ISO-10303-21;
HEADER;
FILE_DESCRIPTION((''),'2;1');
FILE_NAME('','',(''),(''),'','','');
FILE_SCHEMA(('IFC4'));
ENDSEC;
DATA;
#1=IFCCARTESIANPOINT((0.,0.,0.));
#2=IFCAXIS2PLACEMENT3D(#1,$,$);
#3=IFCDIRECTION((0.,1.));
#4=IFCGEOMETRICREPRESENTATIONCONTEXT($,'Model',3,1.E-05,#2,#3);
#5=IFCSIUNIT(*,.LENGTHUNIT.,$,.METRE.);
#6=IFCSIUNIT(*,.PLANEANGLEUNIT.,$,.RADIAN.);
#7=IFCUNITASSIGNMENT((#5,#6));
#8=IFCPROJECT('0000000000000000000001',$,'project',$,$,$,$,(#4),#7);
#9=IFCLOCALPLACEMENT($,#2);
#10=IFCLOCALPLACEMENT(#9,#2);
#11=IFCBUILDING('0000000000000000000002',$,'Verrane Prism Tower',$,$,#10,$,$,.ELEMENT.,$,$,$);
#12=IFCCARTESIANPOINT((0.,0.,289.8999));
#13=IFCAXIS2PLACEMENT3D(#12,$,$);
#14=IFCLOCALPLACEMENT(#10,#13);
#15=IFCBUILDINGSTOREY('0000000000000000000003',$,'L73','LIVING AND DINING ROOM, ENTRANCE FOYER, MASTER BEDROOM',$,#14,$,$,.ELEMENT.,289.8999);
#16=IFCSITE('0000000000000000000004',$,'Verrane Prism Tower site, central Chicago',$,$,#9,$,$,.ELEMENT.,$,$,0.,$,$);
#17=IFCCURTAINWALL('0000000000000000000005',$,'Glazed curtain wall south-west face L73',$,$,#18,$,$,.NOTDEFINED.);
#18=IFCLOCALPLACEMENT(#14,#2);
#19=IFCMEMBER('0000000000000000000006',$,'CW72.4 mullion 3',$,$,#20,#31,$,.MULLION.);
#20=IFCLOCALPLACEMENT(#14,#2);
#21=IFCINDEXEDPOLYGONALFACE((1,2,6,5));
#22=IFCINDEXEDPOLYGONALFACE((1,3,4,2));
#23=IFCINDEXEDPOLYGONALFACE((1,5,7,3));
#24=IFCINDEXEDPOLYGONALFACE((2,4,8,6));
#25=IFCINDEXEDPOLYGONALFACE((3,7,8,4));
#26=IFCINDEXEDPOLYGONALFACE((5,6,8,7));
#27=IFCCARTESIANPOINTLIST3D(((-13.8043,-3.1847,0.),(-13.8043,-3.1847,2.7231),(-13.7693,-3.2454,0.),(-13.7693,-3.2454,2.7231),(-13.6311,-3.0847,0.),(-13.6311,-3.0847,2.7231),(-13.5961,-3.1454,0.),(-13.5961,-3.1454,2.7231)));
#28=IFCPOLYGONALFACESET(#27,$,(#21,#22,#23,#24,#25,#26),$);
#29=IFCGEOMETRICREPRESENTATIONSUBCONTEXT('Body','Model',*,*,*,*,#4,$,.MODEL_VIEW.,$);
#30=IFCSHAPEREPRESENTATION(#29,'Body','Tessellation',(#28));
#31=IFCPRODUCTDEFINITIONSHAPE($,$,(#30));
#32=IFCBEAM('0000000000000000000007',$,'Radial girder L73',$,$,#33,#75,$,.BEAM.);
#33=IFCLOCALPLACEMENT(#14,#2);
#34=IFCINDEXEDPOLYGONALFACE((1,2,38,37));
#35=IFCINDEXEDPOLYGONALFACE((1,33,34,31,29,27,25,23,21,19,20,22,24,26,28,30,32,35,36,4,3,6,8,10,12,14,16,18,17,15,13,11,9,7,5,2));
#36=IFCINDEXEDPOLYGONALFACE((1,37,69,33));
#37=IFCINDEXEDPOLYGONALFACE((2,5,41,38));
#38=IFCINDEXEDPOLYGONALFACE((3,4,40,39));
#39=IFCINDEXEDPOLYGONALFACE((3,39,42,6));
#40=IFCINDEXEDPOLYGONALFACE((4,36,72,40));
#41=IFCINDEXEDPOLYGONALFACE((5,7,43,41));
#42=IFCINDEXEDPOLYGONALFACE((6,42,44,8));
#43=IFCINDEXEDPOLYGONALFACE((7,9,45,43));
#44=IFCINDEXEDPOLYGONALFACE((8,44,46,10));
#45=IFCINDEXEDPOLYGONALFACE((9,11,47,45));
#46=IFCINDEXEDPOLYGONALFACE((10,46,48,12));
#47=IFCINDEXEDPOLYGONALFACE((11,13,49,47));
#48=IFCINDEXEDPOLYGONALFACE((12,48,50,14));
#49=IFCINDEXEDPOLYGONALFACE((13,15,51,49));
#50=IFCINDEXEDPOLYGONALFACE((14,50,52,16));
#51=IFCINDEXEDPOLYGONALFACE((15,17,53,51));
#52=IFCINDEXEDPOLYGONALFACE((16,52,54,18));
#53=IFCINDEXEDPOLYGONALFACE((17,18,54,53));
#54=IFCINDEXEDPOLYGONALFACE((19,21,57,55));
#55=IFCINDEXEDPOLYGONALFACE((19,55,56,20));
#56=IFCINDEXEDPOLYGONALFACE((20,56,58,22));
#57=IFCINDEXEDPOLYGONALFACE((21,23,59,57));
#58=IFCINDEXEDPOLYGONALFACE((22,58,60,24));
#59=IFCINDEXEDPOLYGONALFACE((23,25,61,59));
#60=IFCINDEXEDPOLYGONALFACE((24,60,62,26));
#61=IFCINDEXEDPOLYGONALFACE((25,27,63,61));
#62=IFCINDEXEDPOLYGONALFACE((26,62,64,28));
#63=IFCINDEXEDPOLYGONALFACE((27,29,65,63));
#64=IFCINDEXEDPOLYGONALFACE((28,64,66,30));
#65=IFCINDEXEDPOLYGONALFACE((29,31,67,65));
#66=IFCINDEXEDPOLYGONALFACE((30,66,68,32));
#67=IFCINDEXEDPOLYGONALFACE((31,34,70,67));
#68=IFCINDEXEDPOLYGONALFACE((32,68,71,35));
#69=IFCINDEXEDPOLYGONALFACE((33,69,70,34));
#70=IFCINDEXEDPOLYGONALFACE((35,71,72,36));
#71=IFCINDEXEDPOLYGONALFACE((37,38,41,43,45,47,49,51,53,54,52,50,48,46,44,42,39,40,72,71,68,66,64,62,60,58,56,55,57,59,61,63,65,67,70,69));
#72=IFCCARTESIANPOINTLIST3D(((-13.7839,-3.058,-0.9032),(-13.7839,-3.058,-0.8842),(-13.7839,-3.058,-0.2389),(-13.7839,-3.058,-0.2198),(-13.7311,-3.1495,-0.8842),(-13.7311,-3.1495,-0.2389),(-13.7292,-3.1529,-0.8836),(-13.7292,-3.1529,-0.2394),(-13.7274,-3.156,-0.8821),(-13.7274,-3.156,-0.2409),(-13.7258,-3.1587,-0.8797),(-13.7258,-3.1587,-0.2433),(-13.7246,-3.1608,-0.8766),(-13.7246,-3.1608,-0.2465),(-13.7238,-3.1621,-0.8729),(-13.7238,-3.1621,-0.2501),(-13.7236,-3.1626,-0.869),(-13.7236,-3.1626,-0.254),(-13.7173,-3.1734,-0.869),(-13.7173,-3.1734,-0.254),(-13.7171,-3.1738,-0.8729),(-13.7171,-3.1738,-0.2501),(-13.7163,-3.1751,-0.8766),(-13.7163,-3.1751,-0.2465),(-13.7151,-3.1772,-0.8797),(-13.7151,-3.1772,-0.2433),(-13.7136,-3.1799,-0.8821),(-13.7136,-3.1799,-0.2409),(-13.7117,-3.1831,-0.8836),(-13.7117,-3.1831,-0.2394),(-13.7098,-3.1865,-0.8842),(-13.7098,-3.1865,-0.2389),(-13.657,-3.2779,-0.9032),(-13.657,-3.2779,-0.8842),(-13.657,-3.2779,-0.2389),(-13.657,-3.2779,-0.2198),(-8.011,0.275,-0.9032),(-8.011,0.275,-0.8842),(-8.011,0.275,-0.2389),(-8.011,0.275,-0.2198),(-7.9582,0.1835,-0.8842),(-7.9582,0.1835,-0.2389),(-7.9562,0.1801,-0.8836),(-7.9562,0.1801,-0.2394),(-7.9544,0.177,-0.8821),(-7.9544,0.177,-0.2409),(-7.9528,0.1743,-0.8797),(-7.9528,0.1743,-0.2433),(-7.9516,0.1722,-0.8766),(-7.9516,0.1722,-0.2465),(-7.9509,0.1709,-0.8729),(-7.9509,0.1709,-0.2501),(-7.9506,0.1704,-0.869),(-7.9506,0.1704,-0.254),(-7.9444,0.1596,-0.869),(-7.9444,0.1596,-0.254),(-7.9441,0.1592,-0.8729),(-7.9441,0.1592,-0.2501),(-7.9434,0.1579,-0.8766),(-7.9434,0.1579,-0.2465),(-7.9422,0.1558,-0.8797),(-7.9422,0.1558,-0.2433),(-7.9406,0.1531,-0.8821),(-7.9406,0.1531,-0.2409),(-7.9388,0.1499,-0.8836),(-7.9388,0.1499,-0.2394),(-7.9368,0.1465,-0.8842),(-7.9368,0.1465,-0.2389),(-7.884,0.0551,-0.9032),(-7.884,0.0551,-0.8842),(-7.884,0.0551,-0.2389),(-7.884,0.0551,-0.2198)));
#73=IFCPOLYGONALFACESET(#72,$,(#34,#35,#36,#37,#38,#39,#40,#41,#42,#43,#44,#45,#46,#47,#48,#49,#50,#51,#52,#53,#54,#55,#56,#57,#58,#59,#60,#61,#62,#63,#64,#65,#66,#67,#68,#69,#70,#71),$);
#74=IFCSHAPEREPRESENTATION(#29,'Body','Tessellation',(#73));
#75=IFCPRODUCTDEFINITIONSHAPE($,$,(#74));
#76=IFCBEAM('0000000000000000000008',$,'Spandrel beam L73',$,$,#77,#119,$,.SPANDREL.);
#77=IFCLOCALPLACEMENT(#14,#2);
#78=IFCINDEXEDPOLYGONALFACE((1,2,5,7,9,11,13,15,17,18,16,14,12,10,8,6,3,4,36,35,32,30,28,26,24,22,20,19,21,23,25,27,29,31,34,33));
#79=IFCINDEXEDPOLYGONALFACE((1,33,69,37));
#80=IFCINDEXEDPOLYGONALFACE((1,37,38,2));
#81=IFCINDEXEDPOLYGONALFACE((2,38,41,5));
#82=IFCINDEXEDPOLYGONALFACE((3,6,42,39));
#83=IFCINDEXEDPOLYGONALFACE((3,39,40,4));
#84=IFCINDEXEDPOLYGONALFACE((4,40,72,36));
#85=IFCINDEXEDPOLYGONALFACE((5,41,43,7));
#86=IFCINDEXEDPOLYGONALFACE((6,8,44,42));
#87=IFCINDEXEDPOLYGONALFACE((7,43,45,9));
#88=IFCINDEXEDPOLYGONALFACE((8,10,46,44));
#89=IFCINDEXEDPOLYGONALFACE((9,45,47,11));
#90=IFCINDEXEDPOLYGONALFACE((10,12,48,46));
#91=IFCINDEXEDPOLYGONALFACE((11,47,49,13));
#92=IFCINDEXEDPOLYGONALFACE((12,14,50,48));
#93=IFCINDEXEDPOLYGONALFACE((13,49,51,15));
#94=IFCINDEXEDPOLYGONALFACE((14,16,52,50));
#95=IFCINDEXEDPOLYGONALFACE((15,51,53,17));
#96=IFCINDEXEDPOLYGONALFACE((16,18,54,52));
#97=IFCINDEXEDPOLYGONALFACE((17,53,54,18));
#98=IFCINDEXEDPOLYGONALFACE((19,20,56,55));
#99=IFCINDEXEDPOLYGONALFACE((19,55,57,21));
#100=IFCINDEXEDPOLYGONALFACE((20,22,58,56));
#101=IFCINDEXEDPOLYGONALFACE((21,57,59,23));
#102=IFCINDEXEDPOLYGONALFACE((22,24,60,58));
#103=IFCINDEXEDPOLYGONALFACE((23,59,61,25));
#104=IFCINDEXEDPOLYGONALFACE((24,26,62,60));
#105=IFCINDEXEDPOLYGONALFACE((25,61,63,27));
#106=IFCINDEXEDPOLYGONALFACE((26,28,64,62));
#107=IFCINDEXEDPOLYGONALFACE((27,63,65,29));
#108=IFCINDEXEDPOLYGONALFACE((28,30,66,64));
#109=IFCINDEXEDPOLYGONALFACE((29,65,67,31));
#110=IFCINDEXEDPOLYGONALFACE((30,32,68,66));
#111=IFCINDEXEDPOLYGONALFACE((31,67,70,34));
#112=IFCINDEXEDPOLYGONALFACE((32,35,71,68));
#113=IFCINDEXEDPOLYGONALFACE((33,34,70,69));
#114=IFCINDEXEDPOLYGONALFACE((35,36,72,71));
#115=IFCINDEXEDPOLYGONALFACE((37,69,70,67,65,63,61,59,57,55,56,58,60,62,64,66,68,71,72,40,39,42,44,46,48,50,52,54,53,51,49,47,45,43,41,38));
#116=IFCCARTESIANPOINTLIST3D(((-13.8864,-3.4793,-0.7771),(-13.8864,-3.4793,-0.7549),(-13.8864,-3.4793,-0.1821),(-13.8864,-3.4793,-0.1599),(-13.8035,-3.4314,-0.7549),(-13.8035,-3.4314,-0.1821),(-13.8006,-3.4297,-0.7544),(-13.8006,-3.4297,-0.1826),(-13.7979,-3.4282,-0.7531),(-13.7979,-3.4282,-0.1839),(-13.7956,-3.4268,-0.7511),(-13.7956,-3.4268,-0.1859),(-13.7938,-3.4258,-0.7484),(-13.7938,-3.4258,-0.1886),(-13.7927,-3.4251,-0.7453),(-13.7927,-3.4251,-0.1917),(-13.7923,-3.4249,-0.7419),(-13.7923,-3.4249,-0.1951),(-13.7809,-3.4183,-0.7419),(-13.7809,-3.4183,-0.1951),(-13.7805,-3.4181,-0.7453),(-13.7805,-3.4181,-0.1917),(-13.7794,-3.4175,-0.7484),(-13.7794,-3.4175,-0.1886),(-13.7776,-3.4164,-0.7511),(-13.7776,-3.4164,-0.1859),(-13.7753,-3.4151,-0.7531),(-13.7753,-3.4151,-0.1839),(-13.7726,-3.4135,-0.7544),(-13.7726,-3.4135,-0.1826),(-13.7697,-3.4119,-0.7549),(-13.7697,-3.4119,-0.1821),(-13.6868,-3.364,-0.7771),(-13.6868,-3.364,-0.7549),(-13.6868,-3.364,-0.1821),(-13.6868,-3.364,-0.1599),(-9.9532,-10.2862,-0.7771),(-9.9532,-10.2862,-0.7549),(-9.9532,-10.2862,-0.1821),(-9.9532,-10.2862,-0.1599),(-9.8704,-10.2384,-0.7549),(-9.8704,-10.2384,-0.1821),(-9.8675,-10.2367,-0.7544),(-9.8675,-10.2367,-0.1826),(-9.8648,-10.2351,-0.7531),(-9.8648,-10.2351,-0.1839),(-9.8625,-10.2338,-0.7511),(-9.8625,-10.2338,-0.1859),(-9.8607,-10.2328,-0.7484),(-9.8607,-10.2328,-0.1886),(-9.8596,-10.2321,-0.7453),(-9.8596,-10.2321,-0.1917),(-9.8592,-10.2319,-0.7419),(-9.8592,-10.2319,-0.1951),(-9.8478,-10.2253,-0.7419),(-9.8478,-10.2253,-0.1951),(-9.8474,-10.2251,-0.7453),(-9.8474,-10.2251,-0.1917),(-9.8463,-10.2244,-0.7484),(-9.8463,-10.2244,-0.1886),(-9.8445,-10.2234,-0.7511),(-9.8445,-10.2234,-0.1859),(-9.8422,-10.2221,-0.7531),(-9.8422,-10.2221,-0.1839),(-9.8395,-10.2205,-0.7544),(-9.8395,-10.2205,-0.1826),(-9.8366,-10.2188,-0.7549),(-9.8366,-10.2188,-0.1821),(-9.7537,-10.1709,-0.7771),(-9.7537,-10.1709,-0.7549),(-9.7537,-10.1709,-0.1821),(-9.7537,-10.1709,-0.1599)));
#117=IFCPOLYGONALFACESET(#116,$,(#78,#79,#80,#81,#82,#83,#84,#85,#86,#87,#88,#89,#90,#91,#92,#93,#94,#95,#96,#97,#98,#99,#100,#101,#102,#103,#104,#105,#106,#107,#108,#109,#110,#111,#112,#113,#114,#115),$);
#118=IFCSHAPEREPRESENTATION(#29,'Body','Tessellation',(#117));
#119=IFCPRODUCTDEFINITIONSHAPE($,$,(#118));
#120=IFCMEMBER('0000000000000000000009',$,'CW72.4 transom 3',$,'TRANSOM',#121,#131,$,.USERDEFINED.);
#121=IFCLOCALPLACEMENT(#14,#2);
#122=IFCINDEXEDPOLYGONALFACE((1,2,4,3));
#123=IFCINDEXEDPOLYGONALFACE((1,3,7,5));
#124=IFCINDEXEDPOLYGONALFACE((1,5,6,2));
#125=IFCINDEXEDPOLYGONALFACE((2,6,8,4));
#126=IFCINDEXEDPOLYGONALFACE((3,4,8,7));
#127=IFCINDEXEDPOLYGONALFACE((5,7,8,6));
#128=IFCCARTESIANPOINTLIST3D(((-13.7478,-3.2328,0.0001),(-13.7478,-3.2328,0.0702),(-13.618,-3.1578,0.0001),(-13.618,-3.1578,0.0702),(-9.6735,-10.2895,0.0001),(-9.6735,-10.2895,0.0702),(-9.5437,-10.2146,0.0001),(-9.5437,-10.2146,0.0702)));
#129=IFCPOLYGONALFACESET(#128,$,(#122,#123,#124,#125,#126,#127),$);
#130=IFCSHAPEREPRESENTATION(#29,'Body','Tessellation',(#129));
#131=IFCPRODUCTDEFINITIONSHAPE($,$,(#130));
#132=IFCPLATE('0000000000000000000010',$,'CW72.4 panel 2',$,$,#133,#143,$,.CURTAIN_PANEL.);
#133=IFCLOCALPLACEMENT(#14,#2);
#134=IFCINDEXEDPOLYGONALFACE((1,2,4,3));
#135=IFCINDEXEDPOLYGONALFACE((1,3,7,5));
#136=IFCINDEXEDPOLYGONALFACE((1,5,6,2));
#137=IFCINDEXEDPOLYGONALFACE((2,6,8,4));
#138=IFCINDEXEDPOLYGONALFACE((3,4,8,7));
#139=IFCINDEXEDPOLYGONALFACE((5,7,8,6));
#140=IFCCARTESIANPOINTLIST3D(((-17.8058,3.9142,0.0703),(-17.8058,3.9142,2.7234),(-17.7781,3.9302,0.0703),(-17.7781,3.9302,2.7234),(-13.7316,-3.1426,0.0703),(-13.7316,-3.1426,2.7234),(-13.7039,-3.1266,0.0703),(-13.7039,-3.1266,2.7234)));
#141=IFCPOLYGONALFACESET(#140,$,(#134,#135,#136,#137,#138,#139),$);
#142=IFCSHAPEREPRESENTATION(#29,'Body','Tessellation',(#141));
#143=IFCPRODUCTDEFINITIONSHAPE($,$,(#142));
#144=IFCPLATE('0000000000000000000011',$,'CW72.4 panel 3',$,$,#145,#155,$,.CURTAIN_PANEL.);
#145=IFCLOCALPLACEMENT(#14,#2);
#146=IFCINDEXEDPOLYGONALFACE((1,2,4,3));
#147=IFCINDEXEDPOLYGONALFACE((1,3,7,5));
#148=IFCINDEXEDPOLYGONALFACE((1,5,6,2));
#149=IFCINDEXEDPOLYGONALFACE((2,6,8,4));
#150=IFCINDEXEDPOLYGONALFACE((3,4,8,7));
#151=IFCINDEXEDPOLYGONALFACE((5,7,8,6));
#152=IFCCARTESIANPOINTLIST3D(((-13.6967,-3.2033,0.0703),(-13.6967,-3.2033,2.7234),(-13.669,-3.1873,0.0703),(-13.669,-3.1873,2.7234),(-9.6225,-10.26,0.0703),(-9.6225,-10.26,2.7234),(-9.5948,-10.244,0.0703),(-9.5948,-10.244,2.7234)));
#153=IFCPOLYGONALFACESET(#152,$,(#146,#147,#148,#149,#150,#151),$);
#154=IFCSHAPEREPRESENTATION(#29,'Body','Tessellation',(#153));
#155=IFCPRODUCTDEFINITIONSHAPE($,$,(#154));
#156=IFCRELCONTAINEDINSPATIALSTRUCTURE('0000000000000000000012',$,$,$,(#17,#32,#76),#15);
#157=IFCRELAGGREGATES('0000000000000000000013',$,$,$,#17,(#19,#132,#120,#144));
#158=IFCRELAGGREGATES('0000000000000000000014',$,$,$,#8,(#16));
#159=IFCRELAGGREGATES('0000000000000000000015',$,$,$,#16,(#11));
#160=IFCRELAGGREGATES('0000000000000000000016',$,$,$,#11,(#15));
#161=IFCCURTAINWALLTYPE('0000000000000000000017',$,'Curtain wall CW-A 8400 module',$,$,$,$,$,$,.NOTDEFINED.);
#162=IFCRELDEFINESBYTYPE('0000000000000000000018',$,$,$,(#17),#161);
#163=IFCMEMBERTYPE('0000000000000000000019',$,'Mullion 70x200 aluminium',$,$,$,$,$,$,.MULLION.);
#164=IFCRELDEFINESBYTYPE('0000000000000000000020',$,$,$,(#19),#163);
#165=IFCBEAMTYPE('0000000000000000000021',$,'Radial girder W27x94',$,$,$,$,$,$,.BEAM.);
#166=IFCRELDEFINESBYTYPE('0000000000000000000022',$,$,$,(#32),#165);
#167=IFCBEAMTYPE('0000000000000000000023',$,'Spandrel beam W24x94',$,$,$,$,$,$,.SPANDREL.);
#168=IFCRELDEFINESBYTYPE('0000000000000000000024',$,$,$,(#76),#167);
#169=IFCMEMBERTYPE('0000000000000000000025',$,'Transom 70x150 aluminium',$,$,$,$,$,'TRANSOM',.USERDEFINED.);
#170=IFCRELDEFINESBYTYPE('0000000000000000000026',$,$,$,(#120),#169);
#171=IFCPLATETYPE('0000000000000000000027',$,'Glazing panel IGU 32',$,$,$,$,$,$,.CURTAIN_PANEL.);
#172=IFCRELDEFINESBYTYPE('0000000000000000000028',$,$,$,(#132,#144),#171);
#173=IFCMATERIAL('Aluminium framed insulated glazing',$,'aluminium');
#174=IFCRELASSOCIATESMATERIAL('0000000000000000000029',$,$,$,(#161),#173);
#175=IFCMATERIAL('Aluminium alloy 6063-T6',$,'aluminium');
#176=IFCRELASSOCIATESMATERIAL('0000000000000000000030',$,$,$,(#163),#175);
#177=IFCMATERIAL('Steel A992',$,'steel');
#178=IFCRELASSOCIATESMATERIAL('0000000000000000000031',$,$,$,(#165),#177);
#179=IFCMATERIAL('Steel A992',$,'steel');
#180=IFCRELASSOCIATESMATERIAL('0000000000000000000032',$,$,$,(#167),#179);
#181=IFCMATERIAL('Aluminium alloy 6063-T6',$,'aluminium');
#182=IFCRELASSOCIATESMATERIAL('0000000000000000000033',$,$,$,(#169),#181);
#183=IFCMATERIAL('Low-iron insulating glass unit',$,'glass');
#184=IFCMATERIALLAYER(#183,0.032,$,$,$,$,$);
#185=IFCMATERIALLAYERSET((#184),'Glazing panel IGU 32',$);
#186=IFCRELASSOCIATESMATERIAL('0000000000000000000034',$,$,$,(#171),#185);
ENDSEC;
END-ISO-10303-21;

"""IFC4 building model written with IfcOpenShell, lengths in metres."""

from ifc_helpers import new_model, si_unit, direction, frame, origin, origin_2d, place, context, subcontext, project, spatial, rectangle, i_section, extrude, material, layer, layer_set, material_profile, profile_set, type_object, element, aggregate, save


model = new_model("IFC4")

# Units and contexts
model_context = context("Model", 3, precision=1e-05, world=origin(), true_north=direction((0.0, 1.0)))
body_context = subcontext(model_context, "Body", "Model", "MODEL_VIEW")
ifc_project = project(units=[si_unit("LENGTHUNIT", "METRE"), si_unit("PLANEANGLEUNIT", "RADIAN")], contexts=[model_context])

# Site, building, storey
site_placement = place(None, origin())
site = spatial("IfcSite", under=ifc_project, at=site_placement, Name="Verrane Prism Tower site, central Chicago", CompositionType="ELEMENT", RefElevation=0.0)
building_placement = place(site_placement, origin())
building = spatial("IfcBuilding", under=site, at=building_placement, Name="Verrane Prism Tower", CompositionType="ELEMENT")
storey_placement = place(building_placement, frame((0.0, 0.0, 289.8999)))
storey = spatial("IfcBuildingStorey", under=building, at=storey_placement, Name="L73", Description="LIVING AND DINING ROOM, ENTRANCE FOYER, MASTER BEDROOM", CompositionType="ELEMENT", Elevation=289.8999)

# Curtain wall, member
ifc_material_1 = material(Name="Aluminium framed insulated glazing", Category="aluminium")
curtain_wall_type = type_object("IfcCurtainWallType", Name="Curtain wall CW-A 8400 module", PredefinedType="NOTDEFINED", material=ifc_material_1)
curtain_wall_placement = place(storey_placement, origin())
curtain_wall = element("IfcCurtainWall", 1, at=curtain_wall_placement, inside=storey, type_object=curtain_wall_type, Name="Glazed curtain wall south-west face L73", PredefinedType="NOTDEFINED")
ifc_material_2 = material(Name="Aluminium alloy 6063-T6", Category="aluminium")
ifc_material_profile_1 = material_profile(ifc_material_2, rectangle(XDim=0.2, YDim=0.0701, at=origin_2d()), Name="Mullion 70x200 aluminium")
ifc_profile_set_1 = profile_set([ifc_material_profile_1], Name="Aluminium alloy 6063-T6")
member_type_1 = type_object("IfcMemberType", Name="Mullion 70x200 aluminium", PredefinedType="MULLION", material=ifc_profile_set_1)
member_1_placement = place(storey_placement, frame((-13.7002, -3.165, 0.0), z_axis=(0.0, 0.0, 1.0), x_axis=(0.866025, 0.500001, 0.0)))
member_1 = element("IfcMember", 2, at=member_1_placement, type_object=member_type_1, Name="CW72.4 mullion 3", PredefinedType="MULLION", context=body_context, shape_type="SweptSolid", body=[
    extrude(rectangle(XDim=0.2, YDim=0.0701, at=origin_2d()), origin(), (0.0, 0.0, 1.0), 2.7231),
])

# Beams
ifc_material_3 = material(Name="Steel A992", Category="steel")
ifc_material_profile_2 = material_profile(ifc_material_3, i_section(OverallWidth=0.2539, OverallDepth=0.6833, WebThickness=0.0125, FlangeThickness=0.019, FilletRadius=0.0151, at=origin_2d()), Name="W27x94")
ifc_profile_set_2 = profile_set([ifc_material_profile_2], Name="Steel A992")
beam_type_1 = type_object("IfcBeamType", Name="Radial girder W27x94", PredefinedType="BEAM", material=ifc_profile_set_2)
beam_1_placement = place(storey_placement, frame((-13.7205, -3.168, -0.5615), z_axis=(0.866026, 0.499999, 0.0), x_axis=(-0.499999, 0.866026, 0.0)))
element("IfcBeam", 3, at=beam_1_placement, inside=storey, type_object=beam_type_1, Name="Radial girder L73", PredefinedType="BEAM", context=body_context, shape_type="SweptSolid", body=[
    extrude(i_section(OverallWidth=0.2539, OverallDepth=0.6833, WebThickness=0.0125, FlangeThickness=0.019, FilletRadius=0.0151, at=origin_2d()), origin(), (0.0, 0.0, 1.0), 6.666),
])
ifc_material_4 = material(Name="Steel A992", Category="steel")
ifc_material_profile_3 = material_profile(ifc_material_4, i_section(OverallWidth=0.2305, OverallDepth=0.6172, WebThickness=0.0132, FlangeThickness=0.0222, FilletRadius=0.0129, at=origin_2d()), Name="W24x94")
ifc_profile_set_3 = profile_set([ifc_material_profile_3], Name="Steel A992")
beam_type_2 = type_object("IfcBeamType", Name="Spandrel beam W24x94", PredefinedType="SPANDREL", material=ifc_profile_set_3)
beam_2_placement = place(storey_placement, frame((-13.7866, -3.4216, -0.4685), z_axis=(0.5003, -0.865852, 0.0), x_axis=(0.865852, 0.5003, 0.0)))
element("IfcBeam", 4, at=beam_2_placement, inside=storey, type_object=beam_type_2, Name="Spandrel beam L73", PredefinedType="SPANDREL", context=body_context, shape_type="SweptSolid", body=[
    extrude(i_section(OverallWidth=0.2305, OverallDepth=0.6172, WebThickness=0.0132, FlangeThickness=0.0222, FilletRadius=0.0129, at=origin_2d()), origin(), (0.0, 0.0, 1.0), 7.8616),
])

# Member
ifc_material_5 = material(Name="Aluminium alloy 6063-T6", Category="aluminium")
ifc_material_profile_4 = material_profile(ifc_material_5, rectangle(XDim=0.1499, YDim=0.0701, at=origin_2d()), Name="Transom 70x150 aluminium")
ifc_profile_set_4 = profile_set([ifc_material_profile_4], Name="Aluminium alloy 6063-T6")
member_type_2 = type_object("IfcMemberType", Name="Transom 70x150 aluminium", ElementType="TRANSOM", PredefinedType="USERDEFINED", material=ifc_profile_set_4)
member_2_placement = place(storey_placement, frame((-13.6829, -3.1953, 0.0352), z_axis=(0.500006, -0.866022, 0.0), x_axis=(0.866022, 0.500006, 0.0)))
member_2 = element("IfcMember", 5, at=member_2_placement, type_object=member_type_2, Name="CW72.4 transom 3", ObjectType="TRANSOM", PredefinedType="USERDEFINED", context=body_context, shape_type="SweptSolid", body=[
    extrude(rectangle(XDim=0.1499, YDim=0.0701, at=origin_2d()), origin(), (0.0, 0.0, 1.0), 8.1484),
])

# Plates
ifc_material_6 = material(Name="Low-iron insulating glass unit", Category="glass")
ifc_layer_1 = layer(ifc_material_6, 0.032)
ifc_layer_set_1 = layer_set([ifc_layer_1], Name="Glazing panel IGU 32")
plate_type = type_object("IfcPlateType", Name="Glazing panel IGU 32", PredefinedType="CURTAIN_PANEL", material=ifc_layer_set_1)
plate_1_placement = place(storey_placement, frame((-15.7549, 0.3938, 0.0703), z_axis=(0.0, 0.0, 1.0), x_axis=(0.500001, -0.866025, 0.0)))
plate_1 = element("IfcPlate", 6, at=plate_1_placement, type_object=plate_type, Name="CW72.4 panel 2", PredefinedType="CURTAIN_PANEL", context=body_context, shape_type="SweptSolid", body=[
    extrude(rectangle(XDim=8.1484, YDim=0.032, at=origin_2d()), origin(), (0.0, 0.0, 1.0), 2.6531),
])
plate_2_placement = place(storey_placement, frame((-11.6458, -6.7236, 0.0703), z_axis=(0.0, 0.0, 1.0), x_axis=(0.500001, -0.866025, 0.0)))
plate_2 = element("IfcPlate", 7, at=plate_2_placement, type_object=plate_type, Name="CW72.4 panel 3", PredefinedType="CURTAIN_PANEL", context=body_context, shape_type="SweptSolid", body=[
    extrude(rectangle(XDim=8.1484, YDim=0.032, at=origin_2d()), origin(), (0.0, 0.0, 1.0), 2.6531),
])
aggregate(curtain_wall, [member_1, plate_1, member_2, plate_2])

save(model, "model.ifc")
